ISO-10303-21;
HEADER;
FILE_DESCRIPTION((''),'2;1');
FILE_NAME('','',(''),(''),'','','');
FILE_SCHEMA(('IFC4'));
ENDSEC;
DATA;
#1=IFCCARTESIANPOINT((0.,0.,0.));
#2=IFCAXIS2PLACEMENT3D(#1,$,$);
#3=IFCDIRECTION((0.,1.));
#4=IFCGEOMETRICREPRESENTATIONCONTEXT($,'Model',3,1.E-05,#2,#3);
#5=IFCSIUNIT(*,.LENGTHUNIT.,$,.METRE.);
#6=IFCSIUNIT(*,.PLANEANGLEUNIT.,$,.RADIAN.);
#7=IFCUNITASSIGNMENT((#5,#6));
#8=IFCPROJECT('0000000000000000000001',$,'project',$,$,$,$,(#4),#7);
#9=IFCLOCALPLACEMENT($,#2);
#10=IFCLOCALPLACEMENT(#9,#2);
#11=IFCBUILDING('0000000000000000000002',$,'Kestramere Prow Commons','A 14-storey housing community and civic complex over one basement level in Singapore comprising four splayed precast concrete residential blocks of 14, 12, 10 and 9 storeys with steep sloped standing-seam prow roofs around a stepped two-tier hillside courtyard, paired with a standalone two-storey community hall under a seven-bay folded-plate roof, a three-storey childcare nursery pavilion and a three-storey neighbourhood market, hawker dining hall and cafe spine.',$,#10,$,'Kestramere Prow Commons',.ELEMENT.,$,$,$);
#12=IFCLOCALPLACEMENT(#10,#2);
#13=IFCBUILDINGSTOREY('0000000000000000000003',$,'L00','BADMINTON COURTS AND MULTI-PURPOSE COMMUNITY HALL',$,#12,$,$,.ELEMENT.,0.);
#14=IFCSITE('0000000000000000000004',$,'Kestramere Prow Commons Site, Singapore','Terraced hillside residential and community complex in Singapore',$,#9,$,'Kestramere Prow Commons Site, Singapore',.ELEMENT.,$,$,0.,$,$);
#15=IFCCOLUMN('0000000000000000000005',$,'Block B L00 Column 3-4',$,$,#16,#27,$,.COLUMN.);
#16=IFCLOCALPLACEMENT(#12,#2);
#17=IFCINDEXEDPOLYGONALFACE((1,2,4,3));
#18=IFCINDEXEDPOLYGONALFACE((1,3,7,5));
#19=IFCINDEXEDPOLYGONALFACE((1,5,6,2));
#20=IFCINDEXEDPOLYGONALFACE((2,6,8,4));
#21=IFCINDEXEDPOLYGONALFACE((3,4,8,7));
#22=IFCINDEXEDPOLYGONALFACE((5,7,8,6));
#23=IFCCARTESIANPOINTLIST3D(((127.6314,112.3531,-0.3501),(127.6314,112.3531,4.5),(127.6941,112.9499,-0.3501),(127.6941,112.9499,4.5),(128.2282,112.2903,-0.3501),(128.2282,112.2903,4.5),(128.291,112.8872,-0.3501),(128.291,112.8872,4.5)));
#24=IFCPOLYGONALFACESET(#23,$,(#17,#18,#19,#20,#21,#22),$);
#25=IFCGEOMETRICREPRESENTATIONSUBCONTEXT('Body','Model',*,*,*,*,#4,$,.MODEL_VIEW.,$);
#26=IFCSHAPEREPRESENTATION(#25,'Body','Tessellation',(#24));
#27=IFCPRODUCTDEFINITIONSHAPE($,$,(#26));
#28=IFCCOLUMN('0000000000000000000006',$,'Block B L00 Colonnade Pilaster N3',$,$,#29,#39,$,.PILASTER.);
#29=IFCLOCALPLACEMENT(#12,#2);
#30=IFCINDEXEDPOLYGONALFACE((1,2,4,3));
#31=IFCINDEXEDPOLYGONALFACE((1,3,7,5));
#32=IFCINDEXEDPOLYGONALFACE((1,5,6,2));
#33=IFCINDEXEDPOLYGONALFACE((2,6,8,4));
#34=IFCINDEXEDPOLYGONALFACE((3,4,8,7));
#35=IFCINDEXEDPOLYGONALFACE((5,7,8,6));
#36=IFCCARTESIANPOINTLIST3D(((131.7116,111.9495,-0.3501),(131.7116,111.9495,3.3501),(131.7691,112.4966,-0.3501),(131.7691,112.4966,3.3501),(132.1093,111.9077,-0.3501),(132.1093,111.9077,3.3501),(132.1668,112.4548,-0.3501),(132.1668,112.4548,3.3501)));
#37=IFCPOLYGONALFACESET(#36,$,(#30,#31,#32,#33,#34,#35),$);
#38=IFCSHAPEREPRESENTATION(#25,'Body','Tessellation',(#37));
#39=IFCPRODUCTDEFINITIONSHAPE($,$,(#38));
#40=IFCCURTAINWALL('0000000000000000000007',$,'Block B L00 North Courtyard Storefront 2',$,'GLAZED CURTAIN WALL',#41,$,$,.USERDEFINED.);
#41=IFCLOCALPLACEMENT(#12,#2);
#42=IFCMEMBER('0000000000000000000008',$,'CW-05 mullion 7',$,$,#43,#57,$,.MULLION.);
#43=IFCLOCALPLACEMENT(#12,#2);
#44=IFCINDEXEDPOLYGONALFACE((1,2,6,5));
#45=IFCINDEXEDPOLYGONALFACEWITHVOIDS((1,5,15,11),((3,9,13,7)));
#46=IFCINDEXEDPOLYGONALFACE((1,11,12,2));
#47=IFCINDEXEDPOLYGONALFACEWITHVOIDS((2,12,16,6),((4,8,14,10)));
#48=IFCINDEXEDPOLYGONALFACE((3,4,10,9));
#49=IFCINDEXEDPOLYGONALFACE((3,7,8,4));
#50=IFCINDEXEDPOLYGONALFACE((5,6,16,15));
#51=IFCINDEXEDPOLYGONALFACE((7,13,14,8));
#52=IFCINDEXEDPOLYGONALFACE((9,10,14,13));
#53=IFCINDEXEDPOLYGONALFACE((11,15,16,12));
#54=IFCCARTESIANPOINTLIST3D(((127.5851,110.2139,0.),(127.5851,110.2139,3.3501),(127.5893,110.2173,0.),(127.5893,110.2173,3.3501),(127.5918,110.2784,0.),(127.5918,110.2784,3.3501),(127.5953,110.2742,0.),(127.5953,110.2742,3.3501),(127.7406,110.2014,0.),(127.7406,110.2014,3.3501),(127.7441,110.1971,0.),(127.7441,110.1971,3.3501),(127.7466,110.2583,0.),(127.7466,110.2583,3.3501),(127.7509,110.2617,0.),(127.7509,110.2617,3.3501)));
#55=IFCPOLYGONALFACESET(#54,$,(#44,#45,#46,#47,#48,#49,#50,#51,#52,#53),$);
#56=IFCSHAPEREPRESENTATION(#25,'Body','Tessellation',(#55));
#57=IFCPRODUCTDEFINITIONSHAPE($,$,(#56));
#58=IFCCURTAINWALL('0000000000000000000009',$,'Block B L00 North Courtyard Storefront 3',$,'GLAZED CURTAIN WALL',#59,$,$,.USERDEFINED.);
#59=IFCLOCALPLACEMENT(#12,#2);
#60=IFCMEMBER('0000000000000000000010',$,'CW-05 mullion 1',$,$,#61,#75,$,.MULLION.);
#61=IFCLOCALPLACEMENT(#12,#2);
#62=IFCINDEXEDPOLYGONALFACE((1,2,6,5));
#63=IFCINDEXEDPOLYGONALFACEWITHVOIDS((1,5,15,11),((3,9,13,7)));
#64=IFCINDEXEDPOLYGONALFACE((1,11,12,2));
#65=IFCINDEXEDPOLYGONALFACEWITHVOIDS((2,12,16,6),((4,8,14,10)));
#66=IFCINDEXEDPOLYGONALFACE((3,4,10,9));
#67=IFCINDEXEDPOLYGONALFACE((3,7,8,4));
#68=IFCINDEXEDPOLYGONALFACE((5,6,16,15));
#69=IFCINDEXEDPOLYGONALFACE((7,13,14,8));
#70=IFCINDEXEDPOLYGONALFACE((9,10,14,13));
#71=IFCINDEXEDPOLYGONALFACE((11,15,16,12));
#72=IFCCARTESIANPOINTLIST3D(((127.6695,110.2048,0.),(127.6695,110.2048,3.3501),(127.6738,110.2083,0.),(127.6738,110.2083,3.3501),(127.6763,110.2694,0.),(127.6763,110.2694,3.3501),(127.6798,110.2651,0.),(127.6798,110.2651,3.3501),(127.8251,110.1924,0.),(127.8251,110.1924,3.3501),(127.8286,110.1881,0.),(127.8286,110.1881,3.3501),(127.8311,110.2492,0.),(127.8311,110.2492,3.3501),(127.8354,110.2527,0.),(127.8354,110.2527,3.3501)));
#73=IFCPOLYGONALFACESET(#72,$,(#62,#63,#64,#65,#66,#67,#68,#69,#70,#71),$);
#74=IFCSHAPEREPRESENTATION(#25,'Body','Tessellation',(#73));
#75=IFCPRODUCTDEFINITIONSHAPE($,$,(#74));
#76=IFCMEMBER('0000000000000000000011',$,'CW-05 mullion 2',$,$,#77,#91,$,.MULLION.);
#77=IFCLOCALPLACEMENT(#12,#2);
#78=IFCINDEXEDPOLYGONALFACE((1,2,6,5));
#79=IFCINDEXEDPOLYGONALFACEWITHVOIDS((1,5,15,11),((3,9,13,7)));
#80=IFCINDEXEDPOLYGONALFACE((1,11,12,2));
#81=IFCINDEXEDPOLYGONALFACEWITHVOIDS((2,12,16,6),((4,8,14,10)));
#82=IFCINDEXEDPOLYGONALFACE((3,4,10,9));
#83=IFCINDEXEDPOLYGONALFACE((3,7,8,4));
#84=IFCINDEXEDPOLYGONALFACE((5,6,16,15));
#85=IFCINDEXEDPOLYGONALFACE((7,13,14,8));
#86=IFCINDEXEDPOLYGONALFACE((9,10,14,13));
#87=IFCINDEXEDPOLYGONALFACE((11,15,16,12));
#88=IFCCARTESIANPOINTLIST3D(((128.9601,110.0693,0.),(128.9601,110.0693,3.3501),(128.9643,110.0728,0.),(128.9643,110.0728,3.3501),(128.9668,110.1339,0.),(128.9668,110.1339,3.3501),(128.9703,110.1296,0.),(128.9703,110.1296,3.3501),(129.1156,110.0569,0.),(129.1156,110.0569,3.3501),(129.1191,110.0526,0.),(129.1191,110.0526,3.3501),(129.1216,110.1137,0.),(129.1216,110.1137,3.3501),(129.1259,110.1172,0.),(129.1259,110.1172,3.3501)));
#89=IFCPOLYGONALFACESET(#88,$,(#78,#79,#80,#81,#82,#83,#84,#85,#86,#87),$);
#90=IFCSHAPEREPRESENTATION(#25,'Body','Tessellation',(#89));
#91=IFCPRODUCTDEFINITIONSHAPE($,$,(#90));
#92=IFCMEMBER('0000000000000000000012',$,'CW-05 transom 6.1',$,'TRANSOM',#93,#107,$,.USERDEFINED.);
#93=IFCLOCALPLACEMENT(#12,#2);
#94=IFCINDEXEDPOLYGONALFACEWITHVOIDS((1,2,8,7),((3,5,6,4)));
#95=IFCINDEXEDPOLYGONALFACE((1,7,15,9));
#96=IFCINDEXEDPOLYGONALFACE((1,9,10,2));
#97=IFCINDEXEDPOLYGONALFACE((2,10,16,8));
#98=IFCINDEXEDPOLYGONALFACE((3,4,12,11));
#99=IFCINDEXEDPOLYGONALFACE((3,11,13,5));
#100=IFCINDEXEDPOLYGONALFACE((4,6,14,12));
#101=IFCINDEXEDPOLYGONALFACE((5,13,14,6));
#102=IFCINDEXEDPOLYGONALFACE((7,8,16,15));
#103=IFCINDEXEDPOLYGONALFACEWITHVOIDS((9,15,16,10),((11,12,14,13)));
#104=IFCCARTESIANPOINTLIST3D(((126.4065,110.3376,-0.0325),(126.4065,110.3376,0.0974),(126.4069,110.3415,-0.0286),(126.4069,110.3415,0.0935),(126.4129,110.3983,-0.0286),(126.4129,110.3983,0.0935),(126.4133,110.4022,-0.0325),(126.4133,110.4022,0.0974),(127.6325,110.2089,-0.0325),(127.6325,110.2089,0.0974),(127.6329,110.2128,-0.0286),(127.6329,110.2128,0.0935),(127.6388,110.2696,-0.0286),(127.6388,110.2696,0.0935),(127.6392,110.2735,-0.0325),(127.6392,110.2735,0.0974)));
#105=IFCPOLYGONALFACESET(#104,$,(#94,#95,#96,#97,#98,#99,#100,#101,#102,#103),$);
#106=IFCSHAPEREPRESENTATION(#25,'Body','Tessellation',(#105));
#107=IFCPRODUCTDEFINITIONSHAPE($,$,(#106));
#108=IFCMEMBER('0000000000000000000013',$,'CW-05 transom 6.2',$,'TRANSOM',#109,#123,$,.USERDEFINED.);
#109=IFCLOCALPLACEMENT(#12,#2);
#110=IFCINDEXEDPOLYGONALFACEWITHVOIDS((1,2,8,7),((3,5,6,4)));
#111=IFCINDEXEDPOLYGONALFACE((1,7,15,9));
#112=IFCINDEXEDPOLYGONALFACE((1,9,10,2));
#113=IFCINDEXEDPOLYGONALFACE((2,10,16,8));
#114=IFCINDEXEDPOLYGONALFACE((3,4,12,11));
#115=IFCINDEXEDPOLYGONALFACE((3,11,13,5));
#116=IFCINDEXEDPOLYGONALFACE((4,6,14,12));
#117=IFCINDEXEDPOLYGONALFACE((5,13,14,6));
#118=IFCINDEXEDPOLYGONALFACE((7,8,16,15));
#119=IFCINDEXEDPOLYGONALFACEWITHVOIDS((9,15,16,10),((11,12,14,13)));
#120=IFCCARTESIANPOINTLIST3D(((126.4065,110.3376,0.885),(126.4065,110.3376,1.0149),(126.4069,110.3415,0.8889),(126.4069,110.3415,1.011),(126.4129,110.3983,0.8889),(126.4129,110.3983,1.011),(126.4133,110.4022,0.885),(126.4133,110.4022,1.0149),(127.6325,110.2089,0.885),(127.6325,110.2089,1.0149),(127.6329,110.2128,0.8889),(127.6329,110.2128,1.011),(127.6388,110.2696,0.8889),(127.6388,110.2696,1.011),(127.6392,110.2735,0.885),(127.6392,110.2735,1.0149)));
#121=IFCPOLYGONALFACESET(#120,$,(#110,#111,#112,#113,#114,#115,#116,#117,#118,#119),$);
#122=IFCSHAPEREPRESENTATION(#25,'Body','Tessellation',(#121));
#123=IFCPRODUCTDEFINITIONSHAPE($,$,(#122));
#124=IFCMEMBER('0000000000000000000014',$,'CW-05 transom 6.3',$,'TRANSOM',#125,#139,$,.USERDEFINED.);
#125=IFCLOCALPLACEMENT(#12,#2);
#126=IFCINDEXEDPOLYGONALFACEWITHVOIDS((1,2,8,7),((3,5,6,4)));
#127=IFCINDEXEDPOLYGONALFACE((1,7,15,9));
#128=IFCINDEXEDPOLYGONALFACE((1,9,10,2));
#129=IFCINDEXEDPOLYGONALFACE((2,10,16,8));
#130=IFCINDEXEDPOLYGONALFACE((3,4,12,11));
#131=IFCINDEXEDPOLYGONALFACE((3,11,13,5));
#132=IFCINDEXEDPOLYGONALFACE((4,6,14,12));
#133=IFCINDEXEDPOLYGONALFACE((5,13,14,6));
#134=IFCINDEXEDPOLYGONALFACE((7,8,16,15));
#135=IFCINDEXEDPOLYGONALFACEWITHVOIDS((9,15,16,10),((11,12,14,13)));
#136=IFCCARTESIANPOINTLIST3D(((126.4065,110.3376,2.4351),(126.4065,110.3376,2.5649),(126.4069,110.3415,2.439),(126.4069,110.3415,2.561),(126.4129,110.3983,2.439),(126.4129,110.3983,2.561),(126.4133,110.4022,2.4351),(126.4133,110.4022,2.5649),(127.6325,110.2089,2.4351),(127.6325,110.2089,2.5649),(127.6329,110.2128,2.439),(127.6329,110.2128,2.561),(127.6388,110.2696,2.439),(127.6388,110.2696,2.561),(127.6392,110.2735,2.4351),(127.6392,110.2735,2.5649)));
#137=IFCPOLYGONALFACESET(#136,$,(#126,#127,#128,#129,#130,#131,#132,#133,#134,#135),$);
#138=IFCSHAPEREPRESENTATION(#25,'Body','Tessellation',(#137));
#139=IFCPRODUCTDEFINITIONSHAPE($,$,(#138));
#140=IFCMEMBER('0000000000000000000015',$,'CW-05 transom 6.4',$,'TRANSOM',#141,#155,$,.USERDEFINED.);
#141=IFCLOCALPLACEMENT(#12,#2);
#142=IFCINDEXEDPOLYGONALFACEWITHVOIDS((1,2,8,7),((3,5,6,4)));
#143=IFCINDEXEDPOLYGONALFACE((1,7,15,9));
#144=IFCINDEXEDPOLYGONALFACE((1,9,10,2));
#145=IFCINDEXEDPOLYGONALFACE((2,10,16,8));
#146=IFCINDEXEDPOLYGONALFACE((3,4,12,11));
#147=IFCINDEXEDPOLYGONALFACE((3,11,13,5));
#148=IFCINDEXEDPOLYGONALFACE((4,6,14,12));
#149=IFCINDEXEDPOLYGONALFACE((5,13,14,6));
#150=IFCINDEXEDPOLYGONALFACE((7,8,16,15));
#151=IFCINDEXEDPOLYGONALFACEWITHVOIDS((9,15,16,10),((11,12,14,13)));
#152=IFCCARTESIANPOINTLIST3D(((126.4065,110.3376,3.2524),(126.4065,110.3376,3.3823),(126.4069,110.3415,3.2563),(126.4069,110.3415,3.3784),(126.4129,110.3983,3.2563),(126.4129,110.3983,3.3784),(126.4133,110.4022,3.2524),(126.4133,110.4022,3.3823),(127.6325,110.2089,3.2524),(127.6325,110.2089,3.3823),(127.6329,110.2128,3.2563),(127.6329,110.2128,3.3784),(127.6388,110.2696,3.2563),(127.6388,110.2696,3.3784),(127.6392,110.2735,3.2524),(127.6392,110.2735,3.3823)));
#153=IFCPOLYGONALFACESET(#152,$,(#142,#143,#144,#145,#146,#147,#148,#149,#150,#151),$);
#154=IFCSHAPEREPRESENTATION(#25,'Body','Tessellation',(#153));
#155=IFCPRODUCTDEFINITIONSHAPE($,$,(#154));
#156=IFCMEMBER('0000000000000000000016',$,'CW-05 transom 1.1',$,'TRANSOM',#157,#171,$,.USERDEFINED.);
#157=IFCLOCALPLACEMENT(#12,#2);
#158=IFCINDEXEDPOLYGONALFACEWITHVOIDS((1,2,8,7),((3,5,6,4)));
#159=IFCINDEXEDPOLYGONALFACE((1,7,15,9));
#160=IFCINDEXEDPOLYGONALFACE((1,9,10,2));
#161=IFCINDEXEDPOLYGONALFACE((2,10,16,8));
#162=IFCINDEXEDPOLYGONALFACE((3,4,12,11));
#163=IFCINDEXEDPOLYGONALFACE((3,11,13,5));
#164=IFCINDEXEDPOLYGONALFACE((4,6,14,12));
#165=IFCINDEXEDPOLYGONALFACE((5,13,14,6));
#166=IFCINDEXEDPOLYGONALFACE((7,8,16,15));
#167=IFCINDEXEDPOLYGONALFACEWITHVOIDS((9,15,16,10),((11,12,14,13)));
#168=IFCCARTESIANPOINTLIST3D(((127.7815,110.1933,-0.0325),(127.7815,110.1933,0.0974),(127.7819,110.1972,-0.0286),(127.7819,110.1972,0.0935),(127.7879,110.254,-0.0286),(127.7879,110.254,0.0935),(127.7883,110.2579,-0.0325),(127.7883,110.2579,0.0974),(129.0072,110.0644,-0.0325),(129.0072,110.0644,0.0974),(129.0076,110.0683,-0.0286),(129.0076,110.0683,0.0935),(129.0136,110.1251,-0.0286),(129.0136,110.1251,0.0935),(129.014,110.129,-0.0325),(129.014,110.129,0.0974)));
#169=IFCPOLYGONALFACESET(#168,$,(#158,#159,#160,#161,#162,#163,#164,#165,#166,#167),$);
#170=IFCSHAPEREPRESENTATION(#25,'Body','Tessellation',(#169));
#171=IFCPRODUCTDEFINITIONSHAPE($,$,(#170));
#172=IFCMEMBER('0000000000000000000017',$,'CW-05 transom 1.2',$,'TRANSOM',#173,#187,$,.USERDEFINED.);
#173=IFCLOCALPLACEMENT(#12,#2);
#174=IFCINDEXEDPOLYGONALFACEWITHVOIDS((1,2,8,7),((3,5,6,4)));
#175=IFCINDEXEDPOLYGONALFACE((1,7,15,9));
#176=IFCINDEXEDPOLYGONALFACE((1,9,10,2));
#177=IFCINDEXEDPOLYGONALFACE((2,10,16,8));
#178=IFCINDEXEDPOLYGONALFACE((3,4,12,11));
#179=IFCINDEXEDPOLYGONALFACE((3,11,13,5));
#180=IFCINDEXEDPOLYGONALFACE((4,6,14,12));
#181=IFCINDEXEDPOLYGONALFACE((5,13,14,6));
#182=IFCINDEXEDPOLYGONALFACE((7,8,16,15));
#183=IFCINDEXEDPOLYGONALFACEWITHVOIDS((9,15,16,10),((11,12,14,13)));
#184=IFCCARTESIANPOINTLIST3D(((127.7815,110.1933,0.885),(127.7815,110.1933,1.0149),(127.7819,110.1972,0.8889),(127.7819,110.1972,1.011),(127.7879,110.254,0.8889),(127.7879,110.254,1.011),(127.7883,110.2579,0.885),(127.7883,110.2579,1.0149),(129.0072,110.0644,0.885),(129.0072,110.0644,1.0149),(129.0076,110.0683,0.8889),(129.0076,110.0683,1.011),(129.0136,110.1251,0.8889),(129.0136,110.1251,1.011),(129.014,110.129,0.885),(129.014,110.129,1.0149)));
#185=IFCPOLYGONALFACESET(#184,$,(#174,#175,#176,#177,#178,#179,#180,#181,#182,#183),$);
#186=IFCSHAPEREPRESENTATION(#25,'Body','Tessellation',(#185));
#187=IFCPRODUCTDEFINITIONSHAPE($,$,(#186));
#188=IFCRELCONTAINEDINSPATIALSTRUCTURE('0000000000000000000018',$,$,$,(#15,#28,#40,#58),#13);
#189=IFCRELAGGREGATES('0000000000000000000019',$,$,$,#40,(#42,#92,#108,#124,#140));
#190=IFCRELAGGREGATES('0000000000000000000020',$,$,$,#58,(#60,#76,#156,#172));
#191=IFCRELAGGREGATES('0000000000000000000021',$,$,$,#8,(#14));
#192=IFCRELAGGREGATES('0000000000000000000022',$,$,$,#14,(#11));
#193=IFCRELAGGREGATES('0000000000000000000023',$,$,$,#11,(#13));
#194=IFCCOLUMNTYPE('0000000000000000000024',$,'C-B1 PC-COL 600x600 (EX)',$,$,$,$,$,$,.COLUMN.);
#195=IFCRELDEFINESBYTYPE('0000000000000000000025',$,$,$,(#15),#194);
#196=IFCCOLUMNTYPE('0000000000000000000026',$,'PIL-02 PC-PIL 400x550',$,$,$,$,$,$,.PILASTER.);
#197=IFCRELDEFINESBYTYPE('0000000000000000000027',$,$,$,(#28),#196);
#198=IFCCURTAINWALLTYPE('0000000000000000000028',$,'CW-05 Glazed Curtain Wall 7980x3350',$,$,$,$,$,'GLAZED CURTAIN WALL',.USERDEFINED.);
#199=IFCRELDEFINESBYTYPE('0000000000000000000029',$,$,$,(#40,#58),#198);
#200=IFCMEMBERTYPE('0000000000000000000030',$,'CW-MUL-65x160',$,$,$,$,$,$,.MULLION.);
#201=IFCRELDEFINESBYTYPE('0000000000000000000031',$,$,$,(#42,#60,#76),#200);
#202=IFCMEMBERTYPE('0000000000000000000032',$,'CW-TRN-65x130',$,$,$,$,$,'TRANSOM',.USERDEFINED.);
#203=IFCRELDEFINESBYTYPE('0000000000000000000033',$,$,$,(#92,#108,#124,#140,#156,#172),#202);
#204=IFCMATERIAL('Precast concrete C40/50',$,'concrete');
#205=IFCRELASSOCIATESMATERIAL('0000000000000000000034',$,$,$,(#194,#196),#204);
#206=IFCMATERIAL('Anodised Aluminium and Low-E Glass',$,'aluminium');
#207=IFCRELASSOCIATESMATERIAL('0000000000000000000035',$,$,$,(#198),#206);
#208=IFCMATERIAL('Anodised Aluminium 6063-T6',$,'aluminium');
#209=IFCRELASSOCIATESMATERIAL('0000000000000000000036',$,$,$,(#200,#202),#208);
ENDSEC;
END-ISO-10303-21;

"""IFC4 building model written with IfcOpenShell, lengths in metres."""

from ifc_helpers import new_model, si_unit, direction, frame, origin, origin_2d, place, context, subcontext, project, spatial, rectangle, hollow_rectangle, extrude, material, material_profile, profile_set, type_object, element, aggregate, save


model = new_model("IFC4")

# Units and contexts
model_context = context("Model", 3, precision=1e-05, world=origin(), true_north=direction((0.0, 1.0)))
body_context = subcontext(model_context, "Body", "Model", "MODEL_VIEW")
ifc_project = project(units=[si_unit("LENGTHUNIT", "METRE"), si_unit("PLANEANGLEUNIT", "RADIAN")], contexts=[model_context])

# Site, building, storey
site_placement = place(None, origin())
site = spatial("IfcSite", under=ifc_project, at=site_placement, Name="Kestramere Prow Commons Site, Singapore", Description="Terraced hillside residential and community complex in Singapore", LongName="Kestramere Prow Commons Site, Singapore", CompositionType="ELEMENT", RefElevation=0.0)
building_placement = place(site_placement, origin())
building = spatial("IfcBuilding", under=site, at=building_placement, Name="Kestramere Prow Commons", Description="A 14-storey housing community and civic complex over one basement level in Singapore comprising four splayed precast concrete residential blocks of 14, 12, 10 and 9 storeys with steep sloped standing-seam prow roofs around a stepped two-tier hillside courtyard, paired with a standalone two-storey community hall under a seven-bay folded-plate roof, a three-storey childcare nursery pavilion and a three-storey neighbourhood market, hawker dining hall and cafe spine.", LongName="Kestramere Prow Commons", CompositionType="ELEMENT")
storey_placement = place(building_placement, origin())
storey = spatial("IfcBuildingStorey", under=building, at=storey_placement, Name="L00", Description="BADMINTON COURTS AND MULTI-PURPOSE COMMUNITY HALL", CompositionType="ELEMENT", Elevation=0.0)

# Columns
ifc_material_1 = material(Name="Precast concrete C40/50", Category="concrete")
ifc_material_profile_1 = material_profile(ifc_material_1, rectangle(XDim=0.6001, YDim=0.6001, at=origin_2d()), Name="PC-COL 600x600")
ifc_profile_set_1 = profile_set([ifc_material_profile_1], Name="Precast concrete C40/50")
column_type_1 = type_object("IfcColumnType", Name="C-B1 PC-COL 600x600 (EX)", PredefinedType="COLUMN", material=ifc_profile_set_1)
column_1_placement = place(storey_placement, frame((127.9612, 112.6201, -0.3501), z_axis=(0.0, 0.0, 1.0), x_axis=(0.994522, -0.104528, 0.0)))
element("IfcColumn", 1, at=column_1_placement, inside=storey, type_object=column_type_1, Name="Block B L00 Column 3-4", PredefinedType="COLUMN", context=body_context, shape_type="SweptSolid", body=[
    extrude(rectangle(XDim=0.6001, YDim=0.6001, at=origin_2d()), origin(), (0.0, 0.0, 1.0), 4.8501),
])
ifc_material_profile_2 = material_profile(ifc_material_1, rectangle(XDim=0.3999, YDim=0.55, at=origin_2d()), Name="PC-PIL 400x550")
ifc_profile_set_2 = profile_set([ifc_material_profile_2], Name="Precast concrete C40/50")
column_type_2 = type_object("IfcColumnType", Name="PIL-02 PC-PIL 400x550", PredefinedType="PILASTER", material=ifc_profile_set_2)
column_2_placement = place(storey_placement, frame((131.9392, 112.2021, -0.3501), z_axis=(0.0, 0.0, 1.0), x_axis=(0.994522, -0.104528, 0.0)))
element("IfcColumn", 2, at=column_2_placement, inside=storey, type_object=column_type_2, Name="Block B L00 Colonnade Pilaster N3", PredefinedType="PILASTER", context=body_context, shape_type="SweptSolid", body=[
    extrude(rectangle(XDim=0.3999, YDim=0.55, at=origin_2d()), origin(), (0.0, 0.0, 1.0), 3.7002),
])

# Curtain wall, member
ifc_material_2 = material(Name="Anodised Aluminium and Low-E Glass", Category="aluminium")
curtain_wall_type = type_object("IfcCurtainWallType", Name="CW-05 Glazed Curtain Wall 7980x3350", ElementType="GLAZED CURTAIN WALL", PredefinedType="USERDEFINED", material=ifc_material_2)
curtain_wall_1_placement = place(storey_placement, origin())
curtain_wall_1 = element("IfcCurtainWall", 3, at=curtain_wall_1_placement, inside=storey, type_object=curtain_wall_type, Name="Block B L00 North Courtyard Storefront 2", ObjectType="GLAZED CURTAIN WALL", PredefinedType="USERDEFINED")
ifc_material_3 = material(Name="Anodised Aluminium 6063-T6", Category="aluminium")
ifc_material_profile_3 = material_profile(ifc_material_3, hollow_rectangle(XDim=0.0649, YDim=0.1599, WallThickness=0.0039, at=origin_2d()), Name="ALU-MUL 65x160")
ifc_profile_set_3 = profile_set([ifc_material_profile_3], Name="Anodised Aluminium 6063-T6")
member_type_1 = type_object("IfcMemberType", Name="CW-MUL-65x160", PredefinedType="MULLION", material=ifc_profile_set_3)
member_1_placement = place(storey_placement, frame((127.668, 110.2378, 0.0), z_axis=(0.0, 0.0, 1.0), x_axis=(0.104529, 0.994522, 0.0)))
member_1 = element("IfcMember", 4, at=member_1_placement, type_object=member_type_1, Name="CW-05 mullion 7", PredefinedType="MULLION", context=body_context, shape_type="SweptSolid", body=[
    extrude(hollow_rectangle(XDim=0.0649, YDim=0.1599, WallThickness=0.0039, at=origin_2d()), origin(), (0.0, 0.0, 1.0), 3.3501),
])

# Curtain wall, members
curtain_wall_2_placement = place(storey_placement, origin())
curtain_wall_2 = element("IfcCurtainWall", 5, at=curtain_wall_2_placement, inside=storey, type_object=curtain_wall_type, Name="Block B L00 North Courtyard Storefront 3", ObjectType="GLAZED CURTAIN WALL", PredefinedType="USERDEFINED")
member_2_placement = place(storey_placement, frame((127.7524, 110.2288, 0.0), z_axis=(0.0, 0.0, 1.0), x_axis=(0.104528, 0.994522, 0.0)))
member_2 = element("IfcMember", 6, at=member_2_placement, type_object=member_type_1, Name="CW-05 mullion 1", PredefinedType="MULLION", context=body_context, shape_type="SweptSolid", body=[
    extrude(hollow_rectangle(XDim=0.0649, YDim=0.1599, WallThickness=0.0039, at=origin_2d()), origin(), (0.0, 0.0, 1.0), 3.3501),
])
member_3_placement = place(storey_placement, frame((129.043, 110.0933, 0.0), z_axis=(0.0, 0.0, 1.0), x_axis=(0.104528, 0.994522, 0.0)))
member_3 = element("IfcMember", 7, at=member_3_placement, type_object=member_type_1, Name="CW-05 mullion 2", PredefinedType="MULLION", context=body_context, shape_type="SweptSolid", body=[
    extrude(hollow_rectangle(XDim=0.0649, YDim=0.1599, WallThickness=0.0039, at=origin_2d()), origin(), (0.0, 0.0, 1.0), 3.3501),
])

# Members
ifc_material_profile_4 = material_profile(ifc_material_3, hollow_rectangle(XDim=0.0649, YDim=0.1299, WallThickness=0.0039, at=origin_2d()), Name="ALU-TRN 65x130")
ifc_profile_set_4 = profile_set([ifc_material_profile_4], Name="Anodised Aluminium 6063-T6")
member_type_2 = type_object("IfcMemberType", Name="CW-TRN-65x130", ElementType="TRANSOM", PredefinedType="USERDEFINED", material=ifc_profile_set_4)
member_4_placement = place(storey_placement, frame((126.4099, 110.3699, 0.0325), z_axis=(0.994537, -0.104386, 0.0), x_axis=(0.104386, 0.994537, 0.0)))
member_4 = element("IfcMember", 8, at=member_4_placement, type_object=member_type_2, Name="CW-05 transom 6.1", ObjectType="TRANSOM", PredefinedType="USERDEFINED", context=body_context, shape_type="SweptSolid", body=[
    extrude(hollow_rectangle(XDim=0.0649, YDim=0.1299, WallThickness=0.0039, at=origin_2d()), origin(), (0.0, 0.0, 1.0), 1.2327),
])
member_5_placement = place(storey_placement, frame((126.4099, 110.3699, 0.95), z_axis=(0.994537, -0.104386, 0.0), x_axis=(0.104386, 0.994537, 0.0)))
member_5 = element("IfcMember", 9, at=member_5_placement, type_object=member_type_2, Name="CW-05 transom 6.2", ObjectType="TRANSOM", PredefinedType="USERDEFINED", context=body_context, shape_type="SweptSolid", body=[
    extrude(hollow_rectangle(XDim=0.0649, YDim=0.1299, WallThickness=0.0039, at=origin_2d()), origin(), (0.0, 0.0, 1.0), 1.2327),
])
member_6_placement = place(storey_placement, frame((126.4099, 110.3699, 2.5), z_axis=(0.994537, -0.104386, 0.0), x_axis=(0.104386, 0.994537, 0.0)))
member_6 = element("IfcMember", 10, at=member_6_placement, type_object=member_type_2, Name="CW-05 transom 6.3", ObjectType="TRANSOM", PredefinedType="USERDEFINED", context=body_context, shape_type="SweptSolid", body=[
    extrude(hollow_rectangle(XDim=0.0649, YDim=0.1299, WallThickness=0.0039, at=origin_2d()), origin(), (0.0, 0.0, 1.0), 1.2327),
])
member_7_placement = place(storey_placement, frame((126.4099, 110.3699, 3.3174), z_axis=(0.994537, -0.104386, 0.0), x_axis=(0.104386, 0.994537, 0.0)))
member_7 = element("IfcMember", 11, at=member_7_placement, type_object=member_type_2, Name="CW-05 transom 6.4", ObjectType="TRANSOM", PredefinedType="USERDEFINED", context=body_context, shape_type="SweptSolid", body=[
    extrude(hollow_rectangle(XDim=0.0649, YDim=0.1299, WallThickness=0.0039, at=origin_2d()), origin(), (0.0, 0.0, 1.0), 1.2327),
])
member_8_placement = place(storey_placement, frame((127.7849, 110.2256, 0.0325), z_axis=(0.994514, -0.104602, 0.0), x_axis=(0.104602, 0.994514, 0.0)))
member_8 = element("IfcMember", 12, at=member_8_placement, type_object=member_type_2, Name="CW-05 transom 1.1", ObjectType="TRANSOM", PredefinedType="USERDEFINED", context=body_context, shape_type="SweptSolid", body=[
    extrude(hollow_rectangle(XDim=0.0649, YDim=0.1299, WallThickness=0.0039, at=origin_2d()), origin(), (0.0, 0.0, 1.0), 1.2324),
])
member_9_placement = place(storey_placement, frame((127.7849, 110.2256, 0.95), z_axis=(0.994514, -0.104602, 0.0), x_axis=(0.104602, 0.994514, 0.0)))
member_9 = element("IfcMember", 13, at=member_9_placement, type_object=member_type_2, Name="CW-05 transom 1.2", ObjectType="TRANSOM", PredefinedType="USERDEFINED", context=body_context, shape_type="SweptSolid", body=[
    extrude(hollow_rectangle(XDim=0.0649, YDim=0.1299, WallThickness=0.0039, at=origin_2d()), origin(), (0.0, 0.0, 1.0), 1.2324),
])

aggregate(curtain_wall_1, [member_1, member_4, member_5, member_6, member_7])
aggregate(curtain_wall_2, [member_2, member_3, member_8, member_9])

save(model, "model.ifc")
